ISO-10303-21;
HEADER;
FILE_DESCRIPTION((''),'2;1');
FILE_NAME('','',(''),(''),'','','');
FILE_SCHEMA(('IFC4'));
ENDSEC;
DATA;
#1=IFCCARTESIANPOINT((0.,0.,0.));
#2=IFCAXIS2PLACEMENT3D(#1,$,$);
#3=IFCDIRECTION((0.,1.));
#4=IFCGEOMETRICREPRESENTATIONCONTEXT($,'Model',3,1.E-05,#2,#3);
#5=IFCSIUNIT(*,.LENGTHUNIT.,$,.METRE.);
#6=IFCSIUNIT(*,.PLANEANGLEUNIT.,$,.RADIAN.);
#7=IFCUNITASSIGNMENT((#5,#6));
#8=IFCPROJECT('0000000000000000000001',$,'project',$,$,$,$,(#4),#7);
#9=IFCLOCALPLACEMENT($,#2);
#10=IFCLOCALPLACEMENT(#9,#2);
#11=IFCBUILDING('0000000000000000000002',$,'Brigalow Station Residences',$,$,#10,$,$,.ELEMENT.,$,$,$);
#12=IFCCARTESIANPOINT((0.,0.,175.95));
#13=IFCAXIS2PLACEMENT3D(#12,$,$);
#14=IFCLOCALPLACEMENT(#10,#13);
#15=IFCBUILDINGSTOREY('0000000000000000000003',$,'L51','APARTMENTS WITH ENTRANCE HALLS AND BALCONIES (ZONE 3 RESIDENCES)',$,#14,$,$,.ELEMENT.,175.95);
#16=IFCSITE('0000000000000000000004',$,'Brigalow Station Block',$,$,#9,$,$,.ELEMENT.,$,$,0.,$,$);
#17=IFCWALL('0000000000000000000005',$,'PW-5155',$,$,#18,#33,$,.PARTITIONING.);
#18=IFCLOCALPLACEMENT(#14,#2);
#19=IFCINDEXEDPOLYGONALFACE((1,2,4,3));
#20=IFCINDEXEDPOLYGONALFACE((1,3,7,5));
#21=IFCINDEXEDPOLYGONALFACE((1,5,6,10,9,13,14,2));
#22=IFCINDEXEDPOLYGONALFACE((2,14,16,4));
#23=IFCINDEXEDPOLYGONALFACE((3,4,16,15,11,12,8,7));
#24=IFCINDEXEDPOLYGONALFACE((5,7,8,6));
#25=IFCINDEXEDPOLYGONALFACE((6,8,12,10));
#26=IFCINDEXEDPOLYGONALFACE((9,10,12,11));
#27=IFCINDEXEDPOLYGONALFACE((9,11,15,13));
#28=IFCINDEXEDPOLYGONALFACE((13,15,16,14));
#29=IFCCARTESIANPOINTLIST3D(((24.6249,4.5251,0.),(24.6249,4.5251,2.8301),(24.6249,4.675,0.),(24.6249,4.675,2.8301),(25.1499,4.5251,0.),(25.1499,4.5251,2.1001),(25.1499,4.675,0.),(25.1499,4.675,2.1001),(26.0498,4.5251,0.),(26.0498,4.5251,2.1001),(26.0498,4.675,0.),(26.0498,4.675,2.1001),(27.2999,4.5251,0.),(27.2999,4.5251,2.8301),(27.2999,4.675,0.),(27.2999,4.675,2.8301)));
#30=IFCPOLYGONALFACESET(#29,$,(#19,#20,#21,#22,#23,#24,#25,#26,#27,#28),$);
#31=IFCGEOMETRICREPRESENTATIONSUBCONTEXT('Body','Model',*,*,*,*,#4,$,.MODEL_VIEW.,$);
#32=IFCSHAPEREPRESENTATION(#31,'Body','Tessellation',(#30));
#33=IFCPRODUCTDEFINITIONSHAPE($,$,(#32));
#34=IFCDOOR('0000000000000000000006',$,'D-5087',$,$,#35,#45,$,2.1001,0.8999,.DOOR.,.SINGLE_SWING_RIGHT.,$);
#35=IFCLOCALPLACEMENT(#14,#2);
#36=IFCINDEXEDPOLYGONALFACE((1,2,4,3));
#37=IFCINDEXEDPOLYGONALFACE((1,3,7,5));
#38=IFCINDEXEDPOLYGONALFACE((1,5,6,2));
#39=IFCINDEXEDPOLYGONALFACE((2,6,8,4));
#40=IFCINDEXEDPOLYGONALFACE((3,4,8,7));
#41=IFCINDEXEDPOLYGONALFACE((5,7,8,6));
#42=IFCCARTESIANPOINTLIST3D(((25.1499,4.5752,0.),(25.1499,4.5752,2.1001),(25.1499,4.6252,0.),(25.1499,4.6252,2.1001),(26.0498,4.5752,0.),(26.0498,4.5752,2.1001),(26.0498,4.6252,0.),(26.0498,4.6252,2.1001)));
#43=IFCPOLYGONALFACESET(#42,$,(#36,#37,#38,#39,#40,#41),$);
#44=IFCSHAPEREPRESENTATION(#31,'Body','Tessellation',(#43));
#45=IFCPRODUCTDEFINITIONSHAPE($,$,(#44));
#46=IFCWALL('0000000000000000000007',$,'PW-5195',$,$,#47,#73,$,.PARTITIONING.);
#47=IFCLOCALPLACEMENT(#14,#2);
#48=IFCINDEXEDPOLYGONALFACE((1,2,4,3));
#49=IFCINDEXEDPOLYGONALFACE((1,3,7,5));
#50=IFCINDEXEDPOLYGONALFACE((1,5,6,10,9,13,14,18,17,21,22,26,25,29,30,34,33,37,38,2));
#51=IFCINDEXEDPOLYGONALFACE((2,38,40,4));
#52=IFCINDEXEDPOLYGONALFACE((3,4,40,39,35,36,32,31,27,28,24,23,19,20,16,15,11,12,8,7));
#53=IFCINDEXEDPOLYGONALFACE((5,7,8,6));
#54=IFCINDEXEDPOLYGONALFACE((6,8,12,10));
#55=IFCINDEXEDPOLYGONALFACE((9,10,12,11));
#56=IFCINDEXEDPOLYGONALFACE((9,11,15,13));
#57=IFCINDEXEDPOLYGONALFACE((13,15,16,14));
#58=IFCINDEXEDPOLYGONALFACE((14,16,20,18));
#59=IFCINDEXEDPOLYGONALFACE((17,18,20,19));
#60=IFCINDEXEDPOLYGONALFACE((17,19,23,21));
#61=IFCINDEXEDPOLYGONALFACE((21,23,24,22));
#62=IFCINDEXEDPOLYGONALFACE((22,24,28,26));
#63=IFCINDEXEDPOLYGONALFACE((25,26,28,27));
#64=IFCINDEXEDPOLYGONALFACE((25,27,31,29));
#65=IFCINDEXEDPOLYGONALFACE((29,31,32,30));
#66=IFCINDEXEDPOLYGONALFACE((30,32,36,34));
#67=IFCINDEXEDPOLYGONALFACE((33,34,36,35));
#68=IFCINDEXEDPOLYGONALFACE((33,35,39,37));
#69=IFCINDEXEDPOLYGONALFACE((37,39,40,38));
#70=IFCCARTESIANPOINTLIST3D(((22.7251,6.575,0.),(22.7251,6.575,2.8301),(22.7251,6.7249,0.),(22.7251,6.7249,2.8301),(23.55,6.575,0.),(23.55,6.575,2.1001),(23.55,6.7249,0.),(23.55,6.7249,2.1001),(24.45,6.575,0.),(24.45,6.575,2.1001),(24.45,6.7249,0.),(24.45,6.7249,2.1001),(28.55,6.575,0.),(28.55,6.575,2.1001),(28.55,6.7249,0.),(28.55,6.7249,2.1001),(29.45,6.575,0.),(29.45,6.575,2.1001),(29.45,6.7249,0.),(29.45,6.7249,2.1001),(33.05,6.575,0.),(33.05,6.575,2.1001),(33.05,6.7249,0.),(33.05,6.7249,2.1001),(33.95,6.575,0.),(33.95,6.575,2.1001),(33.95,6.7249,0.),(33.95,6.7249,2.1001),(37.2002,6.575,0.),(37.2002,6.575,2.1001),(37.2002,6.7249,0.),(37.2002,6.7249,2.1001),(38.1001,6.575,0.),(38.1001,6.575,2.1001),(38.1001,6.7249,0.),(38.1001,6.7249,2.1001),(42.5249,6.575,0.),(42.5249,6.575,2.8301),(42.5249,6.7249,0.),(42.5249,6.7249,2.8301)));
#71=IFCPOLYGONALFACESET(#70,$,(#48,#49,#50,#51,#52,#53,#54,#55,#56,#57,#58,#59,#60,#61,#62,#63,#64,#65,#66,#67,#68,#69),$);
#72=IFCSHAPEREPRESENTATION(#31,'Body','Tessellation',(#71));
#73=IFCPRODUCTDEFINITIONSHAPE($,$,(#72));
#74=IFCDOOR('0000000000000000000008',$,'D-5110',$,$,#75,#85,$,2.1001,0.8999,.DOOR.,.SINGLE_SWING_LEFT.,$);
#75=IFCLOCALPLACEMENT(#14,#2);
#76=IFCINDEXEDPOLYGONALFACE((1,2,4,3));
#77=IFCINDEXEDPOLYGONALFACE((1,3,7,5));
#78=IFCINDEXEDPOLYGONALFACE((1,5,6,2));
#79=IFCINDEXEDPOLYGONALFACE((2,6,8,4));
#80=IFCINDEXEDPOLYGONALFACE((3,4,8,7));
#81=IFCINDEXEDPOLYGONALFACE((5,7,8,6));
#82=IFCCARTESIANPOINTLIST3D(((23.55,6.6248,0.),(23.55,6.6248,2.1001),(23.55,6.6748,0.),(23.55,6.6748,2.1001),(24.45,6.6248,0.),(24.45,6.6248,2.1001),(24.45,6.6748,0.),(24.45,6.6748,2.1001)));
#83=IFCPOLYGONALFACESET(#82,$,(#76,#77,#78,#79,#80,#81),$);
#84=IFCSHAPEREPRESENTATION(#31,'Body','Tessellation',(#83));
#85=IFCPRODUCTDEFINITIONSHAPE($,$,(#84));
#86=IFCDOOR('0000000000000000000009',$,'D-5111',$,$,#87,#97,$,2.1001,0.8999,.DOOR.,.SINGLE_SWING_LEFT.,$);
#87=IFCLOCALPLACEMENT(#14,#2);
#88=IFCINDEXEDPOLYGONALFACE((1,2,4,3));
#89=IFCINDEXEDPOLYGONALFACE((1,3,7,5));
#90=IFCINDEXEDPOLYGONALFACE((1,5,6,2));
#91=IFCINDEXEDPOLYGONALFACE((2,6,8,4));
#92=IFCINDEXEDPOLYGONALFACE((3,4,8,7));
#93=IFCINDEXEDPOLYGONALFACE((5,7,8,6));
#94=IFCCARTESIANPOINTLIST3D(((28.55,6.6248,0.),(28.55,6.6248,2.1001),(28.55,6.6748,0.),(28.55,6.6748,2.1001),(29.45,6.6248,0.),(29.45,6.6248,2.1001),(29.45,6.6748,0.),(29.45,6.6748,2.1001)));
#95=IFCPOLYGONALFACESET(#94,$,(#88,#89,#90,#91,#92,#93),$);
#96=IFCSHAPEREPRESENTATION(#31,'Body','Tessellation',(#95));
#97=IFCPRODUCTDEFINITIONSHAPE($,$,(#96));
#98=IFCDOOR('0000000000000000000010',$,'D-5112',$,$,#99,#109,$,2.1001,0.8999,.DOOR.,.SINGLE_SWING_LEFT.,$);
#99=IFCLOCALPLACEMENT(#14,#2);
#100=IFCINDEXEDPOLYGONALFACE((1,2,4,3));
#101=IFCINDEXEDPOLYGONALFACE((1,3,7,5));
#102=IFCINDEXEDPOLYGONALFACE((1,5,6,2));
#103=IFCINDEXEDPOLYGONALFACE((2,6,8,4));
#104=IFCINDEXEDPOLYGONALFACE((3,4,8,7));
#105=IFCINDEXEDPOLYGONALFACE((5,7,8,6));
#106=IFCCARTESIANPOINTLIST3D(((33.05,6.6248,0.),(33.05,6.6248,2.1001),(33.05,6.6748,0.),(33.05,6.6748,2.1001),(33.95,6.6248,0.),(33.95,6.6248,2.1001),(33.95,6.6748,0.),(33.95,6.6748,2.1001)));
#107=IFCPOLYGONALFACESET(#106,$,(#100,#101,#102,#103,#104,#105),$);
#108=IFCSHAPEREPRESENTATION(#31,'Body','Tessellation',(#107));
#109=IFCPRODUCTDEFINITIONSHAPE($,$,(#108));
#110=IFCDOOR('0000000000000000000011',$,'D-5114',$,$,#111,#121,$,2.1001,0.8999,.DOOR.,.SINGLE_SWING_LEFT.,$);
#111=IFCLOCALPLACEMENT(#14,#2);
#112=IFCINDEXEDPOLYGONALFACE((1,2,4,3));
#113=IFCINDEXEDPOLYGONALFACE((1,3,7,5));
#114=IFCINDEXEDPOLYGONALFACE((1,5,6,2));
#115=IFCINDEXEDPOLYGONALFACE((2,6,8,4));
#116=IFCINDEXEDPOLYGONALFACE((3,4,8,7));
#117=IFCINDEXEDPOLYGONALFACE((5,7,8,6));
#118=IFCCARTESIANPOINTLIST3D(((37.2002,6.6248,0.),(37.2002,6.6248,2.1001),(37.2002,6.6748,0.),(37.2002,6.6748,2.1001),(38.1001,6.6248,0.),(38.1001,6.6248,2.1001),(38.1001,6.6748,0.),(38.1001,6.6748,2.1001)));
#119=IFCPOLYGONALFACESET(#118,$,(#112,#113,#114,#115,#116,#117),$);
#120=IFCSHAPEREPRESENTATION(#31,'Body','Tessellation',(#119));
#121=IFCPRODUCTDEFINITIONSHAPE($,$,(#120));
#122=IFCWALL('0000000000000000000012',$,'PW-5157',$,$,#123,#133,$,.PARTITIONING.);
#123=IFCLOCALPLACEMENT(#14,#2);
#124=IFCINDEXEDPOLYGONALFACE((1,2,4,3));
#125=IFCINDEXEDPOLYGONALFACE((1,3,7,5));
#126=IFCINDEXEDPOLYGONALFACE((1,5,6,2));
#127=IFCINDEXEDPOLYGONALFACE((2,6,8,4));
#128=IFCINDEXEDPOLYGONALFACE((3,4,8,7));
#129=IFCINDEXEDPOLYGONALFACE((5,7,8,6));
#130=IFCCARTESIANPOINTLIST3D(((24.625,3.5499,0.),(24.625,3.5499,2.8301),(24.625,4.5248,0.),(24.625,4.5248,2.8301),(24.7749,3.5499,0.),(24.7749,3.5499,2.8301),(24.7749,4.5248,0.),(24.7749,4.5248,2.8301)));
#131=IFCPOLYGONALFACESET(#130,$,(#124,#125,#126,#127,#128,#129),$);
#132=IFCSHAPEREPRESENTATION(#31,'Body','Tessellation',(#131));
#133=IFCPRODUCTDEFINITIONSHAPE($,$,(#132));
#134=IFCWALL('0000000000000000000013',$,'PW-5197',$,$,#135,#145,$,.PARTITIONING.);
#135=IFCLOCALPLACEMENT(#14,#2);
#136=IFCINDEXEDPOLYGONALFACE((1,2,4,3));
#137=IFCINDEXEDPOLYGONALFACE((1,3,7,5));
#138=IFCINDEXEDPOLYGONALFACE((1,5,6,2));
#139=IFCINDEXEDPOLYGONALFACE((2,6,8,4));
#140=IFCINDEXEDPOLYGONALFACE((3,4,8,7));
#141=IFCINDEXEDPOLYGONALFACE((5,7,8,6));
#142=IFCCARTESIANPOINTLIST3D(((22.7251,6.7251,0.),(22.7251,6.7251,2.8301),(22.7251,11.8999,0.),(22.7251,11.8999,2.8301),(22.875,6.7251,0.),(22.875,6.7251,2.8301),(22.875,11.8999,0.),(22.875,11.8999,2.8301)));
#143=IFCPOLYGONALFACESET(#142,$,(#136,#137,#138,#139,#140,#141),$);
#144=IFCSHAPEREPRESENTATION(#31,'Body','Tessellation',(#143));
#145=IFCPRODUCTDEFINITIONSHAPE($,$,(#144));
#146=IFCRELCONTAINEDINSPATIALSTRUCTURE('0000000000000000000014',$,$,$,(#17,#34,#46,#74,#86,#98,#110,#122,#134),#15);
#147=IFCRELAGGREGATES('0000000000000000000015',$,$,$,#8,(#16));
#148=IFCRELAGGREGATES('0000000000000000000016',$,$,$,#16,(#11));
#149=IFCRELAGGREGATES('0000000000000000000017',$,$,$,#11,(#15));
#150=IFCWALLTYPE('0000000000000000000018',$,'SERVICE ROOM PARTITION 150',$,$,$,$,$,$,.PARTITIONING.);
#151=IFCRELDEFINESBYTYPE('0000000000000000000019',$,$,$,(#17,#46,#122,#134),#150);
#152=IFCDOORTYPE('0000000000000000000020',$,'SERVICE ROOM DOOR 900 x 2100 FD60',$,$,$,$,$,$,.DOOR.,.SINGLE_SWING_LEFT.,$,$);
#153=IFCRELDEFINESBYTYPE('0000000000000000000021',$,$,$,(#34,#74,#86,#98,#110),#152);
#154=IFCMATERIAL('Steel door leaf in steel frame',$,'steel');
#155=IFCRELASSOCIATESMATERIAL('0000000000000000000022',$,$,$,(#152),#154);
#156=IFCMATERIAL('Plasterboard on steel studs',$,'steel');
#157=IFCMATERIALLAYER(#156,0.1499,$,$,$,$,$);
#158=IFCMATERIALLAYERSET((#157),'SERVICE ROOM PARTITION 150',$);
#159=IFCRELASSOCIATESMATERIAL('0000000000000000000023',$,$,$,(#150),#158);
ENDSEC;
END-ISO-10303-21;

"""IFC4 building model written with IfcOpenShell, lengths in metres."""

from ifc_helpers import new_model, si_unit, direction, frame, frame_2d, origin, place, context, subcontext, project, spatial, rectangle, extrude, material, layer, layer_set, type_object, element, fill, save


model = new_model("IFC4")

# Units and contexts
model_context = context("Model", 3, precision=1e-05, world=origin(), true_north=direction((0.0, 1.0)))
body_context = subcontext(model_context, "Body", "Model", "MODEL_VIEW")
ifc_project = project(units=[si_unit("LENGTHUNIT", "METRE"), si_unit("PLANEANGLEUNIT", "RADIAN")], contexts=[model_context])

# Site, building, storey
site_placement = place(None, origin())
site = spatial("IfcSite", under=ifc_project, at=site_placement, Name="Brigalow Station Block", CompositionType="ELEMENT", RefElevation=0.0)
building_placement = place(site_placement, origin())
building = spatial("IfcBuilding", under=site, at=building_placement, Name="Brigalow Station Residences", CompositionType="ELEMENT")
storey_placement = place(building_placement, frame((0.0, 0.0, 175.95)))
storey = spatial("IfcBuildingStorey", under=building, at=storey_placement, Name="L51", Description="APARTMENTS WITH ENTRANCE HALLS AND BALCONIES (ZONE 3 RESIDENCES)", CompositionType="ELEMENT", Elevation=175.95)

# Shared definitions
ifc_material_1 = material(Name="Steel door leaf in steel frame", Category="steel")
door_type_1 = type_object("IfcDoorType", Name="SERVICE ROOM DOOR 900 x 2100 FD60", OperationType="SINGLE_SWING_LEFT", PredefinedType="DOOR", material=ifc_material_1)

# Wall, opening, door
ifc_material_2 = material(Name="Plasterboard on steel studs", Category="steel")
ifc_layer_1 = layer(ifc_material_2, 0.1499)
ifc_layer_set_1 = layer_set([ifc_layer_1], Name="SERVICE ROOM PARTITION 150")
wall_type_1 = type_object("IfcWallType", Name="SERVICE ROOM PARTITION 150", PredefinedType="PARTITIONING", material=ifc_layer_set_1)
wall_1_placement = place(storey_placement, frame((24.625, 4.6001, 0.0), z_axis=(0.0, 0.0, 1.0), x_axis=(1.0, 0.0, 0.0)))
wall_1 = element("IfcWall", 1, at=wall_1_placement, inside=storey, type_object=wall_type_1, Name="PW-5155", PredefinedType="PARTITIONING", context=body_context, shape_type="SweptSolid", body=[
    extrude(rectangle(XDim=2.675, YDim=0.1499, at=frame_2d((1.3374, 0.0))), origin(), (0.0, 0.0, 1.0), 2.8301),
])
opening_1_placement = place(wall_1_placement, frame((0.5249, 0.0, 0.0)))
opening_1 = element("IfcOpeningElement", 2, at=opening_1_placement, cuts=wall_1, PredefinedType="OPENING", context=body_context, shape_type="SweptSolid", body=[
    extrude(rectangle(XDim=0.8999, YDim=2.1001, at=frame_2d((0.45, 1.05))), frame((0.0, 0.085, 0.0), z_axis=(0.0, -1.0, 0.0), x_axis=(1.0, 0.0, 0.0)), (0.0, 0.0, 1.0), 0.1699),
])
door_1_placement = place(opening_1_placement, frame((0.8999, 0.0, 0.0), z_axis=(0.0, 0.0, 1.0), x_axis=(-1.0, 0.0, 0.0)))
door_1 = element("IfcDoor", 3, at=door_1_placement, inside=storey, type_object=door_type_1, Name="D-5087", OperationType="SINGLE_SWING_RIGHT", OverallHeight=2.1001, OverallWidth=0.8999, PredefinedType="DOOR", context=body_context, shape_type="SweptSolid", body=[
    extrude(rectangle(XDim=0.8999, YDim=2.1001, at=frame_2d((0.45, 1.05))), frame((0.0, 0.0249, 0.0), z_axis=(0.0, -1.0, 0.0), x_axis=(1.0, 0.0, 0.0)), (0.0, 0.0, 1.0), 0.05),
])
fill(opening_1, door_1)

# Wall, openings, doors
wall_2_placement = place(storey_placement, frame((22.7251, 6.6499, 0.0), z_axis=(0.0, 0.0, 1.0), x_axis=(1.0, 0.0, 0.0)))
wall_2 = element("IfcWall", 4, at=wall_2_placement, inside=storey, type_object=wall_type_1, Name="PW-5195", PredefinedType="PARTITIONING", context=body_context, shape_type="SweptSolid", body=[
    extrude(rectangle(XDim=19.7998, YDim=0.1499, at=frame_2d((9.8999, 0.0))), origin(), (0.0, 0.0, 1.0), 2.8301),
])
opening_2_placement = place(wall_2_placement, frame((0.825, 0.0, 0.0)))
opening_2 = element("IfcOpeningElement", 5, at=opening_2_placement, cuts=wall_2, PredefinedType="OPENING", context=body_context, shape_type="SweptSolid", body=[
    extrude(rectangle(XDim=0.8999, YDim=2.1001, at=frame_2d((0.45, 1.05))), frame((0.0, 0.085, 0.0), z_axis=(0.0, -1.0, 0.0), x_axis=(1.0, 0.0, 0.0)), (0.0, 0.0, 1.0), 0.1699),
])
opening_3_placement = place(wall_2_placement, frame((5.825, 0.0, 0.0)))
opening_3 = element("IfcOpeningElement", 6, at=opening_3_placement, cuts=wall_2, PredefinedType="OPENING", context=body_context, shape_type="SweptSolid", body=[
    extrude(rectangle(XDim=0.8999, YDim=2.1001, at=frame_2d((0.45, 1.05))), frame((0.0, 0.085, 0.0), z_axis=(0.0, -1.0, 0.0), x_axis=(1.0, 0.0, 0.0)), (0.0, 0.0, 1.0), 0.1699),
])
opening_4_placement = place(wall_2_placement, frame((10.325, 0.0, 0.0)))
opening_4 = element("IfcOpeningElement", 7, at=opening_4_placement, cuts=wall_2, PredefinedType="OPENING", context=body_context, shape_type="SweptSolid", body=[
    extrude(rectangle(XDim=0.8999, YDim=2.1001, at=frame_2d((0.45, 1.05))), frame((0.0, 0.085, 0.0), z_axis=(0.0, -1.0, 0.0), x_axis=(1.0, 0.0, 0.0)), (0.0, 0.0, 1.0), 0.1699),
])
opening_5_placement = place(wall_2_placement, frame((14.4751, 0.0, 0.0)))
opening_5 = element("IfcOpeningElement", 8, at=opening_5_placement, cuts=wall_2, PredefinedType="OPENING", context=body_context, shape_type="SweptSolid", body=[
    extrude(rectangle(XDim=0.8999, YDim=2.1001, at=frame_2d((0.45, 1.05))), frame((0.0, 0.085, 0.0), z_axis=(0.0, -1.0, 0.0), x_axis=(1.0, 0.0, 0.0)), (0.0, 0.0, 1.0), 0.1699),
])
door_2_placement = place(opening_2_placement, origin())
door_2 = element("IfcDoor", 9, at=door_2_placement, inside=storey, type_object=door_type_1, Name="D-5110", OperationType="SINGLE_SWING_LEFT", OverallHeight=2.1001, OverallWidth=0.8999, PredefinedType="DOOR", context=body_context, shape_type="SweptSolid", body=[
    extrude(rectangle(XDim=0.8999, YDim=2.1001, at=frame_2d((0.45, 1.05))), frame((0.0, 0.0249, 0.0), z_axis=(0.0, -1.0, 0.0), x_axis=(1.0, 0.0, 0.0)), (0.0, 0.0, 1.0), 0.05),
])
fill(opening_2, door_2)
door_3_placement = place(opening_3_placement, origin())
door_3 = element("IfcDoor", 10, at=door_3_placement, inside=storey, type_object=door_type_1, Name="D-5111", OperationType="SINGLE_SWING_LEFT", OverallHeight=2.1001, OverallWidth=0.8999, PredefinedType="DOOR", context=body_context, shape_type="SweptSolid", body=[
    extrude(rectangle(XDim=0.8999, YDim=2.1001, at=frame_2d((0.45, 1.05))), frame((0.0, 0.0249, 0.0), z_axis=(0.0, -1.0, 0.0), x_axis=(1.0, 0.0, 0.0)), (0.0, 0.0, 1.0), 0.05),
])
fill(opening_3, door_3)
door_4_placement = place(opening_4_placement, origin())
door_4 = element("IfcDoor", 11, at=door_4_placement, inside=storey, type_object=door_type_1, Name="D-5112", OperationType="SINGLE_SWING_LEFT", OverallHeight=2.1001, OverallWidth=0.8999, PredefinedType="DOOR", context=body_context, shape_type="SweptSolid", body=[
    extrude(rectangle(XDim=0.8999, YDim=2.1001, at=frame_2d((0.45, 1.05))), frame((0.0, 0.0249, 0.0), z_axis=(0.0, -1.0, 0.0), x_axis=(1.0, 0.0, 0.0)), (0.0, 0.0, 1.0), 0.05),
])
fill(opening_4, door_4)
door_5_placement = place(opening_5_placement, origin())
door_5 = element("IfcDoor", 12, at=door_5_placement, inside=storey, type_object=door_type_1, Name="D-5114", OperationType="SINGLE_SWING_LEFT", OverallHeight=2.1001, OverallWidth=0.8999, PredefinedType="DOOR", context=body_context, shape_type="SweptSolid", body=[
    extrude(rectangle(XDim=0.8999, YDim=2.1001, at=frame_2d((0.45, 1.05))), frame((0.0, 0.0249, 0.0), z_axis=(0.0, -1.0, 0.0), x_axis=(1.0, 0.0, 0.0)), (0.0, 0.0, 1.0), 0.05),
])
fill(opening_5, door_5)

# Walls
wall_3_placement = place(storey_placement, frame((24.7, 3.55, 0.0), z_axis=(0.0, 0.0, 1.0), x_axis=(0.0, 1.0, 0.0)))
element("IfcWall", 13, at=wall_3_placement, inside=storey, type_object=wall_type_1, Name="PW-5157", PredefinedType="PARTITIONING", context=body_context, shape_type="SweptSolid", body=[
    extrude(rectangle(XDim=0.9749, YDim=0.1499, at=frame_2d((0.4873, 0.0))), origin(), (0.0, 0.0, 1.0), 2.8301),
])
wall_4_placement = place(storey_placement, frame((22.8, 6.7251, 0.0), z_axis=(0.0, 0.0, 1.0), x_axis=(0.0, 1.0, 0.0)))
element("IfcWall", 14, at=wall_4_placement, inside=storey, type_object=wall_type_1, Name="PW-5197", PredefinedType="PARTITIONING", context=body_context, shape_type="SweptSolid", body=[
    extrude(rectangle(XDim=5.1748, YDim=0.1499, at=frame_2d((2.5874, 0.0))), origin(), (0.0, 0.0, 1.0), 2.8301),
])

save(model, "model.ifc")
